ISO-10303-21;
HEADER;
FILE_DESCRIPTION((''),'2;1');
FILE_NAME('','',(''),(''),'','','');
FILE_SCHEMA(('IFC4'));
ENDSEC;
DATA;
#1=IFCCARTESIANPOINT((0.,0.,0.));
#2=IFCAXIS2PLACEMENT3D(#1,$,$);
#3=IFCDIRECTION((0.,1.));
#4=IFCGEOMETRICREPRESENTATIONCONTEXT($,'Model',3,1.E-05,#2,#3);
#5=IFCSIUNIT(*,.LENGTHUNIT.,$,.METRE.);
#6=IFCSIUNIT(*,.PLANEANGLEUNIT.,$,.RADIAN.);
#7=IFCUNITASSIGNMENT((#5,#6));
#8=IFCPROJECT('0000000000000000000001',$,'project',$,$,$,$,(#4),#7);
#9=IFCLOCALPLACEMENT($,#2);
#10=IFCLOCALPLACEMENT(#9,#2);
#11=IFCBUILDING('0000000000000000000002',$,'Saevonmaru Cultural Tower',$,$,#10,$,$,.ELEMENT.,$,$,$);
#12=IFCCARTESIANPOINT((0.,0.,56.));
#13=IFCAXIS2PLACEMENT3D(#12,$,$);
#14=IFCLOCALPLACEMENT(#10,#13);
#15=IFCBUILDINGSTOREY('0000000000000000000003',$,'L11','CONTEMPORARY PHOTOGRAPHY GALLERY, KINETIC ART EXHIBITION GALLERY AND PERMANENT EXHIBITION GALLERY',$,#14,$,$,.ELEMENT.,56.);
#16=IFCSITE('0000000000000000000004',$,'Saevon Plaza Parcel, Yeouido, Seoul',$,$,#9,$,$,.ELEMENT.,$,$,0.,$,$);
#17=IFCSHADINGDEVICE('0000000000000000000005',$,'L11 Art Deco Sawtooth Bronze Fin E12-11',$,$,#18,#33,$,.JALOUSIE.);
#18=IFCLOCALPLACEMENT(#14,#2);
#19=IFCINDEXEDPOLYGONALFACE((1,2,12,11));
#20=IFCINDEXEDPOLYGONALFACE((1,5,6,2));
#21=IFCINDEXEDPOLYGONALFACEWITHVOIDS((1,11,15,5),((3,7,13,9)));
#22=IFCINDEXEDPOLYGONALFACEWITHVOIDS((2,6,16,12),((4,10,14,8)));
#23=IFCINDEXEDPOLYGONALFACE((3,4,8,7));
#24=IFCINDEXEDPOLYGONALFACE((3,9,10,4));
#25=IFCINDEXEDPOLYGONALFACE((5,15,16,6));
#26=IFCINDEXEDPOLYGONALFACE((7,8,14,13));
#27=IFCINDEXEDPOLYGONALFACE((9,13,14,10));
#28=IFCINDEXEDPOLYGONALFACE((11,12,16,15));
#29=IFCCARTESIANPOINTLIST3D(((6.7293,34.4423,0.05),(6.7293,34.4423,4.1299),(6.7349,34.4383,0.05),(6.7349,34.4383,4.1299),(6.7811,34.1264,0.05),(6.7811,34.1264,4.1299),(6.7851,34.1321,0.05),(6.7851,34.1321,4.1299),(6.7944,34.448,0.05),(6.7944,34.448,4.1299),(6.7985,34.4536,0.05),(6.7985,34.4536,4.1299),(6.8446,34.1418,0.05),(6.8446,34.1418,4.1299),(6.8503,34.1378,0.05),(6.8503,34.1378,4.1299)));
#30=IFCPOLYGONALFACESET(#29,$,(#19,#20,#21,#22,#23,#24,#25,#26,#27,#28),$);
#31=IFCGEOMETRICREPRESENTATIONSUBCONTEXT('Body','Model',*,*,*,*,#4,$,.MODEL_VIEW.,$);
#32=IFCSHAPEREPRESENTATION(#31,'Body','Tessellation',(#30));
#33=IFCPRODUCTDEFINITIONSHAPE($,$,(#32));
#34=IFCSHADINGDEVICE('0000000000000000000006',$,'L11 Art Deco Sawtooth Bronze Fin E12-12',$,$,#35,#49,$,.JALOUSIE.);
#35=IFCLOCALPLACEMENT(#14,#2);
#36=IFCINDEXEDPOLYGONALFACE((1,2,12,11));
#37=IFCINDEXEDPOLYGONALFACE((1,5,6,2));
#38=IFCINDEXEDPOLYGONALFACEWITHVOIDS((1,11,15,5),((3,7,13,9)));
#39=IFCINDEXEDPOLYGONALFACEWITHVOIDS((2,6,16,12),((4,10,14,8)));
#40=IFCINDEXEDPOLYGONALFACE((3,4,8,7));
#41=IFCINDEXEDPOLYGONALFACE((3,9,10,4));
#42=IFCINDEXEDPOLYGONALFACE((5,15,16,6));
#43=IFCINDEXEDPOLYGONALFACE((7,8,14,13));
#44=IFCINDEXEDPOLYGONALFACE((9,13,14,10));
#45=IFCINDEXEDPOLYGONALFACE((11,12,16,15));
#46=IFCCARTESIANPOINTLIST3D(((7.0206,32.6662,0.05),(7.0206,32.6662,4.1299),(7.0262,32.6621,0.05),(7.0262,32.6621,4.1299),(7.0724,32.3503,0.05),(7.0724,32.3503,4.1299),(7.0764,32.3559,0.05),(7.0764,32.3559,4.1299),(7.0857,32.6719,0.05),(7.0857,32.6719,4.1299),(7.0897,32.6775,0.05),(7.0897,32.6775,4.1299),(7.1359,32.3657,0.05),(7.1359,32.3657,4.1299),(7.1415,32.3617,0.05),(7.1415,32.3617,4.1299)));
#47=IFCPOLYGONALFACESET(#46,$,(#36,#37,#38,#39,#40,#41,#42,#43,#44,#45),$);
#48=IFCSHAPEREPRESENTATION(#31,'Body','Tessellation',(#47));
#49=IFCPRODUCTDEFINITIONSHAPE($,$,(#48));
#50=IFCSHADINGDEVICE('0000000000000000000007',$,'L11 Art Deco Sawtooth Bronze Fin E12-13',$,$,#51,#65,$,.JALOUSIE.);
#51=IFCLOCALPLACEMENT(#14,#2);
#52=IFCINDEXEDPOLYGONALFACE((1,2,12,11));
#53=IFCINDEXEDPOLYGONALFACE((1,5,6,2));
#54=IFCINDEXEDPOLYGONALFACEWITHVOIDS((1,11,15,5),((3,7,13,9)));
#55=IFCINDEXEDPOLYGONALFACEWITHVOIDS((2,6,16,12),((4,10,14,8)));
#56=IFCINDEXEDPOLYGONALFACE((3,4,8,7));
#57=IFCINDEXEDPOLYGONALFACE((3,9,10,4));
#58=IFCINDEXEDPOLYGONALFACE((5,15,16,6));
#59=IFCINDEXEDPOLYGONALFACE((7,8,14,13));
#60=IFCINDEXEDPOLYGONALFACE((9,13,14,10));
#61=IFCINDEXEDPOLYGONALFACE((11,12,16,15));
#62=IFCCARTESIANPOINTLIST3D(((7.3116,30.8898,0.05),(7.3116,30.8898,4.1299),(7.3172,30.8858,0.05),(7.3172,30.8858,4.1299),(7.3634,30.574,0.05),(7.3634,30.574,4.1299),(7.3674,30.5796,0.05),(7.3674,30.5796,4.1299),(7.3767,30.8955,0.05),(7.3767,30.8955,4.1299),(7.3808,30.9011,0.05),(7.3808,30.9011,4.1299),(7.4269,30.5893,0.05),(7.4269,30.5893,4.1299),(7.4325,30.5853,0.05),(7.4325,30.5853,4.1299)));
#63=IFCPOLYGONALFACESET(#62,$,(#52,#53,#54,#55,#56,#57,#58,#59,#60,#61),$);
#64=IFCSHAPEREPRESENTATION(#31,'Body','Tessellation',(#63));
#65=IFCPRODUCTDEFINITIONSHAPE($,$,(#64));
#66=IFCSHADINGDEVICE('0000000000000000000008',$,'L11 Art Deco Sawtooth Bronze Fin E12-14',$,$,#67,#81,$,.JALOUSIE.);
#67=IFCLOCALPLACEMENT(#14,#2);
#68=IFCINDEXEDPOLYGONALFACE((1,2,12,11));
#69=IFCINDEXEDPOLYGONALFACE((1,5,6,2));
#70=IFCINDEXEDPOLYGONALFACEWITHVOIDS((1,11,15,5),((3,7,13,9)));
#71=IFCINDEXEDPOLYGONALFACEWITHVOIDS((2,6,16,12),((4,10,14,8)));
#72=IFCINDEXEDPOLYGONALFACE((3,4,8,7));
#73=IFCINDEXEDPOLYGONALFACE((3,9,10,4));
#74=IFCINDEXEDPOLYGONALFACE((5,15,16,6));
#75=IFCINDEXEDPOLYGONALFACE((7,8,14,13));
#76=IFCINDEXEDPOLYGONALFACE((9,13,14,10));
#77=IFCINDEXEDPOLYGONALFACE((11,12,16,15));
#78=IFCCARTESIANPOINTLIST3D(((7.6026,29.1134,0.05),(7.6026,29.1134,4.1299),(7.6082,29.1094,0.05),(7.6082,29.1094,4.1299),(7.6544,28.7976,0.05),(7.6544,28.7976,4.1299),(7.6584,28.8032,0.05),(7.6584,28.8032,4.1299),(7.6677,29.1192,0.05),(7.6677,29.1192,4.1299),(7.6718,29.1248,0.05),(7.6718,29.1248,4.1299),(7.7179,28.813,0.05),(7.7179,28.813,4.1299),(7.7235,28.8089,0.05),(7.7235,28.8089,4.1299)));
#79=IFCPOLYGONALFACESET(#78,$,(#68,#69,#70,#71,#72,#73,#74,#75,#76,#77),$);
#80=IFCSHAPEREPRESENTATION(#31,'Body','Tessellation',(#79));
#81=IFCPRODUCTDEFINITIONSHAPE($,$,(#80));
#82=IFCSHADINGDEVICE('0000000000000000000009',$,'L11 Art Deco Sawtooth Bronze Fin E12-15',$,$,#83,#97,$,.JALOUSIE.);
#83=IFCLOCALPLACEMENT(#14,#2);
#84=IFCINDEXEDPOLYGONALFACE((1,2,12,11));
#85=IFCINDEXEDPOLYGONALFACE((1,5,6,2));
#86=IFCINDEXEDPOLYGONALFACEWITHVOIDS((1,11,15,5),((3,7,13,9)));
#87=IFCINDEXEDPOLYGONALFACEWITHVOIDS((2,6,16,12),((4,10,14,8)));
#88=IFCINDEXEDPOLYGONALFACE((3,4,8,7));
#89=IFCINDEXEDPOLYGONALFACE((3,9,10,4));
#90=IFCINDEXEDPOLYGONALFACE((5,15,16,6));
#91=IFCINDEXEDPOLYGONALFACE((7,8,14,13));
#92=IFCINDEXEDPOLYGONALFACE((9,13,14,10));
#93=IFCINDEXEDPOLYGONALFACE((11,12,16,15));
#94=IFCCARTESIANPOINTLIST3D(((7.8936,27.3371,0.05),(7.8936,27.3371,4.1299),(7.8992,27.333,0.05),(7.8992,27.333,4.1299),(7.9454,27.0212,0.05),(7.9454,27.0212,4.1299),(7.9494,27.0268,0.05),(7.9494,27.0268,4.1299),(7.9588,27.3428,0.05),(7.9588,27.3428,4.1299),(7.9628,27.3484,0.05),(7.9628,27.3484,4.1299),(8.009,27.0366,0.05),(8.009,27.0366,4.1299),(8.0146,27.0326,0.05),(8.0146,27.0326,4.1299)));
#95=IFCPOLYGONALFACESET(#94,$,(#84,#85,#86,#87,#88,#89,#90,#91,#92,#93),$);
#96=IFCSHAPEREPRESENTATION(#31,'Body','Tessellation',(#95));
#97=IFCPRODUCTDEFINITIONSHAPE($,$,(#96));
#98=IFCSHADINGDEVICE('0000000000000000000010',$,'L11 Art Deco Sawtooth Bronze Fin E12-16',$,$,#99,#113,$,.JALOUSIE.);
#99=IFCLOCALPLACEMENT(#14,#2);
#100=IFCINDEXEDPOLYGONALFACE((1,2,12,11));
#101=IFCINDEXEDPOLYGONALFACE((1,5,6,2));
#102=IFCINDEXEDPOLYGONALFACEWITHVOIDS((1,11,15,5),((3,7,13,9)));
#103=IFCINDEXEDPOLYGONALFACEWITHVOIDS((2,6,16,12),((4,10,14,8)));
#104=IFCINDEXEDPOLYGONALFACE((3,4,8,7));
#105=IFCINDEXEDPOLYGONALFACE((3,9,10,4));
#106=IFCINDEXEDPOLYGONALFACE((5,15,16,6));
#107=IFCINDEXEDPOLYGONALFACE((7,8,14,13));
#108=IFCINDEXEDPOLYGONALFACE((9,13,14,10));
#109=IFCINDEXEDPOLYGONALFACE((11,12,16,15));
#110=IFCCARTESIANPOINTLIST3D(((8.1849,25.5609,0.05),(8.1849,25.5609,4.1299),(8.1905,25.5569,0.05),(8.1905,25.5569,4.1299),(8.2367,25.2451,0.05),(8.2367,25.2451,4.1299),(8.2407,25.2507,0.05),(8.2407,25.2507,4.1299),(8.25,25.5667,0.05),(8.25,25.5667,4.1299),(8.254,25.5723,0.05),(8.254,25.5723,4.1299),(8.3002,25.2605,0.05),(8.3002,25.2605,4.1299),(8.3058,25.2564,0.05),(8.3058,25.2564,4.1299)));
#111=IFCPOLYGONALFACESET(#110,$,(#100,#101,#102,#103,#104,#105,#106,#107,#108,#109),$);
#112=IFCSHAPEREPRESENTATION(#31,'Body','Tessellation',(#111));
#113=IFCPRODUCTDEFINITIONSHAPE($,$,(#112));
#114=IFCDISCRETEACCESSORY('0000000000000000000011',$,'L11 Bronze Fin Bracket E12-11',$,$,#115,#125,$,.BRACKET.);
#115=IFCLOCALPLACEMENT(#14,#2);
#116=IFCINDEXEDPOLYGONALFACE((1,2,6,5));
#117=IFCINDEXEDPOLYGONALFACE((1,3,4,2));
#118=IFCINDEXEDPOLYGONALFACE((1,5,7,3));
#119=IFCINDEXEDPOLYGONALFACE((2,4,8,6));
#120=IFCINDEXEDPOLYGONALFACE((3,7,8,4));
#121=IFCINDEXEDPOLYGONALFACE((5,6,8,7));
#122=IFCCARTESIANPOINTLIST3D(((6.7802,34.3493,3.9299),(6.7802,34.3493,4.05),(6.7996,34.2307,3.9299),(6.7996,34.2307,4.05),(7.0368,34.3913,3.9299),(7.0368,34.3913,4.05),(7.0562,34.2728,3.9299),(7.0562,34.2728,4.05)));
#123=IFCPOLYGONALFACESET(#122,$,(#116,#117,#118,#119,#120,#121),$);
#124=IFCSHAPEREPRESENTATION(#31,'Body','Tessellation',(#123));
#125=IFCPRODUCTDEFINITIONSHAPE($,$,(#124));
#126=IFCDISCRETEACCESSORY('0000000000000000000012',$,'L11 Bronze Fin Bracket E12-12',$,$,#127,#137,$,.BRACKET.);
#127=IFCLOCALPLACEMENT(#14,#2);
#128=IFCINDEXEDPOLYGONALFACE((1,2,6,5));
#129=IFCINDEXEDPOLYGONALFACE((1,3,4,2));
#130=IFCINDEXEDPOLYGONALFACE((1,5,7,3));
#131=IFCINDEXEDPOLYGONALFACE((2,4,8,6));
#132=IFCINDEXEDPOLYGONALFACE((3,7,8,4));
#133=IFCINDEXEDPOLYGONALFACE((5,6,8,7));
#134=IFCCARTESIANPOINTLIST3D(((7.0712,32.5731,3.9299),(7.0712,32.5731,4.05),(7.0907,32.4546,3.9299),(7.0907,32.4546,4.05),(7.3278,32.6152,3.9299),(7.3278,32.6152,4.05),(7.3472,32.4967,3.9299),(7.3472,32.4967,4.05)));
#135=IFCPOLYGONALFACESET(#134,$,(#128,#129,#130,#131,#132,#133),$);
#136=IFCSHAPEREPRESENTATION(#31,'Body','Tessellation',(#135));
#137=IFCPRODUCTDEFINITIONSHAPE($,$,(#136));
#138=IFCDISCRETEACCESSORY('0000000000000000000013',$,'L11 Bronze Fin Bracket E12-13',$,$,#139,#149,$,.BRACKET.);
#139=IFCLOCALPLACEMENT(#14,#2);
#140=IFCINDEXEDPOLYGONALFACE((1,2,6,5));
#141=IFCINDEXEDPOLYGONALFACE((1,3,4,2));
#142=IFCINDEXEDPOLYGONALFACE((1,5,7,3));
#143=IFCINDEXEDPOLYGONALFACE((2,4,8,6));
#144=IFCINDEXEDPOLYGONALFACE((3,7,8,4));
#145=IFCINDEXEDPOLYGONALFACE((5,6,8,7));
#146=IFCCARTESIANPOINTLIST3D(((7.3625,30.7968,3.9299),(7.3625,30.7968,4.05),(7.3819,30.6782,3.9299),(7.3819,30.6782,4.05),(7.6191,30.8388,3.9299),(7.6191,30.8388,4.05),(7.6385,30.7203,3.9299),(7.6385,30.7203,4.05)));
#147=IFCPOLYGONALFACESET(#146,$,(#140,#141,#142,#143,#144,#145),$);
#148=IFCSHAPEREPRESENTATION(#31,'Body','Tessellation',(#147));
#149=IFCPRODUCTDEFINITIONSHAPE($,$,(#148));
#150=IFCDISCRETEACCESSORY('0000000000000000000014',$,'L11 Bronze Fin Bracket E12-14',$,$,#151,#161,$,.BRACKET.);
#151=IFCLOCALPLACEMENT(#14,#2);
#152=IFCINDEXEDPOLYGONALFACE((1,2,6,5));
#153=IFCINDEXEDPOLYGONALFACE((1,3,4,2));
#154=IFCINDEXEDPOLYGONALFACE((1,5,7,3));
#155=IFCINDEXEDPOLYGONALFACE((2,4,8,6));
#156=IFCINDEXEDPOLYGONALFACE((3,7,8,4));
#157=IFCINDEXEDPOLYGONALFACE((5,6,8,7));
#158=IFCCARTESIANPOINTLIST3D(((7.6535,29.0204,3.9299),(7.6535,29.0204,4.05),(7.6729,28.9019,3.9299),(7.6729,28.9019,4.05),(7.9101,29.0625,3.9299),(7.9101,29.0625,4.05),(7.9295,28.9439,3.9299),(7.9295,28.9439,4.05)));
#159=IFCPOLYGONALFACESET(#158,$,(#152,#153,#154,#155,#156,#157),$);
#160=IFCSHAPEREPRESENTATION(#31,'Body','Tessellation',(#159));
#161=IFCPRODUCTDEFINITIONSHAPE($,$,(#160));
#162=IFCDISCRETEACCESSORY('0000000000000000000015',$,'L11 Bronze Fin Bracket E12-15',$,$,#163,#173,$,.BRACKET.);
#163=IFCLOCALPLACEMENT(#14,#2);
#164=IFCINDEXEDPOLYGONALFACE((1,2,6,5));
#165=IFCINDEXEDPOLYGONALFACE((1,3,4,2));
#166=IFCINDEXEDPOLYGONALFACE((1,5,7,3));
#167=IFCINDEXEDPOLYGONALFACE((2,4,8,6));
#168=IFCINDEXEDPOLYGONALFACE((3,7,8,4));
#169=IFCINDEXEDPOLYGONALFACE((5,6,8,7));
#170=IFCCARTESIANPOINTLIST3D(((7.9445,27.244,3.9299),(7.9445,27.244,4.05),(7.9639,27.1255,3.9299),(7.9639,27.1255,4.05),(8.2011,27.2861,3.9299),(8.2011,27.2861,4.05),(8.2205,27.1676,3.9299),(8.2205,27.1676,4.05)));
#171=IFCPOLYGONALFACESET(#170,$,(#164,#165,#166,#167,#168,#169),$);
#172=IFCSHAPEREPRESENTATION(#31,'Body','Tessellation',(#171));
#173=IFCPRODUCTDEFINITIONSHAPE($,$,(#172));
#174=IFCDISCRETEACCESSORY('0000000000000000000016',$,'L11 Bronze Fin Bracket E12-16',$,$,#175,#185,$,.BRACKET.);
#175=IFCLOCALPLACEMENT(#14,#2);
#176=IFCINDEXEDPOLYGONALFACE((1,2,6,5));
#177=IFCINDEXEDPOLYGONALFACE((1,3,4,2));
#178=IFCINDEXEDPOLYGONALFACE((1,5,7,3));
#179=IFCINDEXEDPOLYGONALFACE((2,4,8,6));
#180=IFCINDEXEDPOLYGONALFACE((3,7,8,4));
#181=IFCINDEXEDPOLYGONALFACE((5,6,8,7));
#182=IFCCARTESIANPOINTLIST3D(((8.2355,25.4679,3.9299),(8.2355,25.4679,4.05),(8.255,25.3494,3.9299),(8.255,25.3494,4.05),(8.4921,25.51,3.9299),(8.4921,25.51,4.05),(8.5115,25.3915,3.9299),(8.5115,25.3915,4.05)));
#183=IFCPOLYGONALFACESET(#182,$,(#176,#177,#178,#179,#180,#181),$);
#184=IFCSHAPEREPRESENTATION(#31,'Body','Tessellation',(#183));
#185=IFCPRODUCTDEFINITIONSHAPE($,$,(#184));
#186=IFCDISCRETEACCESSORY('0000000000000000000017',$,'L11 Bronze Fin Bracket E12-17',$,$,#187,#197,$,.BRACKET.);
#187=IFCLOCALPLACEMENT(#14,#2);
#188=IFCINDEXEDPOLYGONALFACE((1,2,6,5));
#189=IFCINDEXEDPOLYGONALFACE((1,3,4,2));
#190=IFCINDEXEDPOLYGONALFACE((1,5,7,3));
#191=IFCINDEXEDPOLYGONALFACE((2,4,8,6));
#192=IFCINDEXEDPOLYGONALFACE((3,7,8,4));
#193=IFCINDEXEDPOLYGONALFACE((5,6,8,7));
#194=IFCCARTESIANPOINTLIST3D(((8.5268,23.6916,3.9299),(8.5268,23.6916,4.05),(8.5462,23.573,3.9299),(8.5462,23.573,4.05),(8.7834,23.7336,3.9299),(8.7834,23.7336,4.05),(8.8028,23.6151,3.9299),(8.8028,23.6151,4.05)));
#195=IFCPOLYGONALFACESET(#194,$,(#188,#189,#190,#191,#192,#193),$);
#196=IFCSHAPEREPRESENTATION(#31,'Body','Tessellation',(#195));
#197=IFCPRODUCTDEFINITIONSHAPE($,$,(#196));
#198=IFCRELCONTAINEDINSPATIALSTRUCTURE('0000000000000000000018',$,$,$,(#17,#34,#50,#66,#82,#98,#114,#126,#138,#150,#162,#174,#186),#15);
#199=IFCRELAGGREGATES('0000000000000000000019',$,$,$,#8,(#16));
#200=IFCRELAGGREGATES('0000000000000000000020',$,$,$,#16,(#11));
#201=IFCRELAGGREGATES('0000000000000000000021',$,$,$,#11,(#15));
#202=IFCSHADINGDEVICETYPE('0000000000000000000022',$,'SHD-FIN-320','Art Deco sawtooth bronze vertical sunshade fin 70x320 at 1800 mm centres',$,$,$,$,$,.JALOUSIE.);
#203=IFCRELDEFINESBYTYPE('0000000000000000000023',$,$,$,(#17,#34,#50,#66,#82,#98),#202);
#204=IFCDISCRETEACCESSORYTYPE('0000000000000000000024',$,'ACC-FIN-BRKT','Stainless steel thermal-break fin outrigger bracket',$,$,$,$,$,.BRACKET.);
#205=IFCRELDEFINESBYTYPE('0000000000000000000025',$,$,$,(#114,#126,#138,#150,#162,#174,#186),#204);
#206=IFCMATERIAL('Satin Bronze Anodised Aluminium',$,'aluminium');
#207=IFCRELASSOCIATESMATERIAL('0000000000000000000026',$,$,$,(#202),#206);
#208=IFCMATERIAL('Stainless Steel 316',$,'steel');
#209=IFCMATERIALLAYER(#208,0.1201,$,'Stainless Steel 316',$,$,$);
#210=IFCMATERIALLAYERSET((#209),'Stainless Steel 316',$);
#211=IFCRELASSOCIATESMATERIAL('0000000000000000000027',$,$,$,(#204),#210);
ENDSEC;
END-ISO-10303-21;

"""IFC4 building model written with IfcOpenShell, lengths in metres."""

from ifc_helpers import new_model, si_unit, direction, frame, origin, origin_2d, place, context, subcontext, project, spatial, rectangle, hollow_rectangle, extrude, material, layer, layer_set, material_profile, profile_set, type_object, element, save


model = new_model("IFC4")

# Units and contexts
model_context = context("Model", 3, precision=1e-05, world=origin(), true_north=direction((0.0, 1.0)))
body_context = subcontext(model_context, "Body", "Model", "MODEL_VIEW")
ifc_project = project(units=[si_unit("LENGTHUNIT", "METRE"), si_unit("PLANEANGLEUNIT", "RADIAN")], contexts=[model_context])

# Site, building, storey
site_placement = place(None, origin())
site = spatial("IfcSite", under=ifc_project, at=site_placement, Name="Saevon Plaza Parcel, Yeouido, Seoul", CompositionType="ELEMENT", RefElevation=0.0)
building_placement = place(site_placement, origin())
building = spatial("IfcBuilding", under=site, at=building_placement, Name="Saevonmaru Cultural Tower", CompositionType="ELEMENT")
storey_placement = place(building_placement, frame((0.0, 0.0, 56.0)))
storey = spatial("IfcBuildingStorey", under=building, at=storey_placement, Name="L11", Description="CONTEMPORARY PHOTOGRAPHY GALLERY, KINETIC ART EXHIBITION GALLERY AND PERMANENT EXHIBITION GALLERY", CompositionType="ELEMENT", Elevation=56.0)

# Shared definitions
ifc_material_1 = material(Name="Satin Bronze Anodised Aluminium", Category="aluminium")

# Shading devices
ifc_material_profile_1 = material_profile(ifc_material_1, hollow_rectangle(XDim=0.0701, YDim=0.3201, WallThickness=0.0049, at=origin_2d()), Name="FIN-320x70")
ifc_profile_set_1 = profile_set([ifc_material_profile_1], Name="Satin Bronze Anodised Aluminium")
shading_device_type = type_object("IfcShadingDeviceType", Name="SHD-FIN-320", Description="Art Deco sawtooth bronze vertical sunshade fin 70x320 at 1800 mm centres", PredefinedType="JALOUSIE", material=ifc_profile_set_1)
for number, where, z_axis, x_axis, name in (
    (1, (6.7898, 34.29, 0.05), (0.0, 0.0, 1.0), (-0.986827, -0.161776, 0.0), "L11 Art Deco Sawtooth Bronze Fin E12-11"),
    (2, (7.0811, 32.5139, 0.05), (0.0, 0.0, 1.0), (-0.986827, -0.161776, 0.0), "L11 Art Deco Sawtooth Bronze Fin E12-12"),
    (3, (7.3721, 30.7375, 0.05), (0.0, 0.0, 1.0), (-0.986827, -0.161776, 0.0), "L11 Art Deco Sawtooth Bronze Fin E12-13"),
    (4, (7.6631, 28.9612, 0.05), (0.0, 0.0, 1.0), (-0.986827, -0.161776, 0.0), "L11 Art Deco Sawtooth Bronze Fin E12-14"),
    (5, (7.9541, 27.1848, 0.05), (0.0, 0.0, 1.0), (-0.986827, -0.161776, 0.0), "L11 Art Deco Sawtooth Bronze Fin E12-15"),
    (6, (8.2454, 25.4087, 0.05), (0.0, 0.0, 1.0), (-0.986827, -0.161776, 0.0), "L11 Art Deco Sawtooth Bronze Fin E12-16"),
):
    element("IfcShadingDevice", number, at=place(storey_placement, frame(where, z_axis=z_axis, x_axis=x_axis)), inside=storey, type_object=shading_device_type, Name=name, PredefinedType="JALOUSIE", context=body_context, shape_type="SweptSolid", body=[
        extrude(hollow_rectangle(XDim=0.0701, YDim=0.3201, WallThickness=0.0049, at=origin_2d()), origin(), (0.0, 0.0, 1.0), 4.0798),
    ])

# Discrete accessories
ifc_material_2 = material(Name="Stainless Steel 316", Category="steel")
ifc_layer_1 = layer(ifc_material_2, 0.1201, Name="Stainless Steel 316")
ifc_layer_set_1 = layer_set([ifc_layer_1], Name="Stainless Steel 316")
discrete_accessory_type = type_object("IfcDiscreteAccessoryType", Name="ACC-FIN-BRKT", Description="Stainless steel thermal-break fin outrigger bracket", PredefinedType="BRACKET", material=ifc_layer_set_1)
for number, where, z_axis, x_axis, name in (
    (7, (6.9182, 34.311, 3.9299), (0.0, 0.0, 1.0), (-0.986827, -0.161776, 0.0), "L11 Bronze Fin Bracket E12-11"),
    (8, (7.2092, 32.5349, 3.9299), (0.0, 0.0, 1.0), (-0.986827, -0.161776, 0.0), "L11 Bronze Fin Bracket E12-12"),
    (9, (7.5005, 30.7585, 3.9299), (0.0, 0.0, 1.0), (-0.986827, -0.161776, 0.0), "L11 Bronze Fin Bracket E12-13"),
    (10, (7.7915, 28.9822, 3.9299), (0.0, 0.0, 1.0), (-0.986827, -0.161776, 0.0), "L11 Bronze Fin Bracket E12-14"),
    (11, (8.0825, 27.2058, 3.9299), (0.0, 0.0, 1.0), (-0.986827, -0.161776, 0.0), "L11 Bronze Fin Bracket E12-15"),
    (12, (8.3735, 25.4297, 3.9299), (0.0, 0.0, 1.0), (-0.986827, -0.161776, 0.0), "L11 Bronze Fin Bracket E12-16"),
    (13, (8.6648, 23.6533, 3.9299), (0.0, 0.0, 1.0), (-0.986827, -0.161776, 0.0), "L11 Bronze Fin Bracket E12-17"),
):
    element("IfcDiscreteAccessory", number, at=place(storey_placement, frame(where, z_axis=z_axis, x_axis=x_axis)), inside=storey, type_object=discrete_accessory_type, Name=name, PredefinedType="BRACKET", context=body_context, shape_type="SweptSolid", body=[
        extrude(rectangle(XDim=0.26, YDim=0.1201, at=origin_2d()), origin(), (0.0, 0.0, 1.0), 0.1201),
    ])

save(model, "model.ifc")
